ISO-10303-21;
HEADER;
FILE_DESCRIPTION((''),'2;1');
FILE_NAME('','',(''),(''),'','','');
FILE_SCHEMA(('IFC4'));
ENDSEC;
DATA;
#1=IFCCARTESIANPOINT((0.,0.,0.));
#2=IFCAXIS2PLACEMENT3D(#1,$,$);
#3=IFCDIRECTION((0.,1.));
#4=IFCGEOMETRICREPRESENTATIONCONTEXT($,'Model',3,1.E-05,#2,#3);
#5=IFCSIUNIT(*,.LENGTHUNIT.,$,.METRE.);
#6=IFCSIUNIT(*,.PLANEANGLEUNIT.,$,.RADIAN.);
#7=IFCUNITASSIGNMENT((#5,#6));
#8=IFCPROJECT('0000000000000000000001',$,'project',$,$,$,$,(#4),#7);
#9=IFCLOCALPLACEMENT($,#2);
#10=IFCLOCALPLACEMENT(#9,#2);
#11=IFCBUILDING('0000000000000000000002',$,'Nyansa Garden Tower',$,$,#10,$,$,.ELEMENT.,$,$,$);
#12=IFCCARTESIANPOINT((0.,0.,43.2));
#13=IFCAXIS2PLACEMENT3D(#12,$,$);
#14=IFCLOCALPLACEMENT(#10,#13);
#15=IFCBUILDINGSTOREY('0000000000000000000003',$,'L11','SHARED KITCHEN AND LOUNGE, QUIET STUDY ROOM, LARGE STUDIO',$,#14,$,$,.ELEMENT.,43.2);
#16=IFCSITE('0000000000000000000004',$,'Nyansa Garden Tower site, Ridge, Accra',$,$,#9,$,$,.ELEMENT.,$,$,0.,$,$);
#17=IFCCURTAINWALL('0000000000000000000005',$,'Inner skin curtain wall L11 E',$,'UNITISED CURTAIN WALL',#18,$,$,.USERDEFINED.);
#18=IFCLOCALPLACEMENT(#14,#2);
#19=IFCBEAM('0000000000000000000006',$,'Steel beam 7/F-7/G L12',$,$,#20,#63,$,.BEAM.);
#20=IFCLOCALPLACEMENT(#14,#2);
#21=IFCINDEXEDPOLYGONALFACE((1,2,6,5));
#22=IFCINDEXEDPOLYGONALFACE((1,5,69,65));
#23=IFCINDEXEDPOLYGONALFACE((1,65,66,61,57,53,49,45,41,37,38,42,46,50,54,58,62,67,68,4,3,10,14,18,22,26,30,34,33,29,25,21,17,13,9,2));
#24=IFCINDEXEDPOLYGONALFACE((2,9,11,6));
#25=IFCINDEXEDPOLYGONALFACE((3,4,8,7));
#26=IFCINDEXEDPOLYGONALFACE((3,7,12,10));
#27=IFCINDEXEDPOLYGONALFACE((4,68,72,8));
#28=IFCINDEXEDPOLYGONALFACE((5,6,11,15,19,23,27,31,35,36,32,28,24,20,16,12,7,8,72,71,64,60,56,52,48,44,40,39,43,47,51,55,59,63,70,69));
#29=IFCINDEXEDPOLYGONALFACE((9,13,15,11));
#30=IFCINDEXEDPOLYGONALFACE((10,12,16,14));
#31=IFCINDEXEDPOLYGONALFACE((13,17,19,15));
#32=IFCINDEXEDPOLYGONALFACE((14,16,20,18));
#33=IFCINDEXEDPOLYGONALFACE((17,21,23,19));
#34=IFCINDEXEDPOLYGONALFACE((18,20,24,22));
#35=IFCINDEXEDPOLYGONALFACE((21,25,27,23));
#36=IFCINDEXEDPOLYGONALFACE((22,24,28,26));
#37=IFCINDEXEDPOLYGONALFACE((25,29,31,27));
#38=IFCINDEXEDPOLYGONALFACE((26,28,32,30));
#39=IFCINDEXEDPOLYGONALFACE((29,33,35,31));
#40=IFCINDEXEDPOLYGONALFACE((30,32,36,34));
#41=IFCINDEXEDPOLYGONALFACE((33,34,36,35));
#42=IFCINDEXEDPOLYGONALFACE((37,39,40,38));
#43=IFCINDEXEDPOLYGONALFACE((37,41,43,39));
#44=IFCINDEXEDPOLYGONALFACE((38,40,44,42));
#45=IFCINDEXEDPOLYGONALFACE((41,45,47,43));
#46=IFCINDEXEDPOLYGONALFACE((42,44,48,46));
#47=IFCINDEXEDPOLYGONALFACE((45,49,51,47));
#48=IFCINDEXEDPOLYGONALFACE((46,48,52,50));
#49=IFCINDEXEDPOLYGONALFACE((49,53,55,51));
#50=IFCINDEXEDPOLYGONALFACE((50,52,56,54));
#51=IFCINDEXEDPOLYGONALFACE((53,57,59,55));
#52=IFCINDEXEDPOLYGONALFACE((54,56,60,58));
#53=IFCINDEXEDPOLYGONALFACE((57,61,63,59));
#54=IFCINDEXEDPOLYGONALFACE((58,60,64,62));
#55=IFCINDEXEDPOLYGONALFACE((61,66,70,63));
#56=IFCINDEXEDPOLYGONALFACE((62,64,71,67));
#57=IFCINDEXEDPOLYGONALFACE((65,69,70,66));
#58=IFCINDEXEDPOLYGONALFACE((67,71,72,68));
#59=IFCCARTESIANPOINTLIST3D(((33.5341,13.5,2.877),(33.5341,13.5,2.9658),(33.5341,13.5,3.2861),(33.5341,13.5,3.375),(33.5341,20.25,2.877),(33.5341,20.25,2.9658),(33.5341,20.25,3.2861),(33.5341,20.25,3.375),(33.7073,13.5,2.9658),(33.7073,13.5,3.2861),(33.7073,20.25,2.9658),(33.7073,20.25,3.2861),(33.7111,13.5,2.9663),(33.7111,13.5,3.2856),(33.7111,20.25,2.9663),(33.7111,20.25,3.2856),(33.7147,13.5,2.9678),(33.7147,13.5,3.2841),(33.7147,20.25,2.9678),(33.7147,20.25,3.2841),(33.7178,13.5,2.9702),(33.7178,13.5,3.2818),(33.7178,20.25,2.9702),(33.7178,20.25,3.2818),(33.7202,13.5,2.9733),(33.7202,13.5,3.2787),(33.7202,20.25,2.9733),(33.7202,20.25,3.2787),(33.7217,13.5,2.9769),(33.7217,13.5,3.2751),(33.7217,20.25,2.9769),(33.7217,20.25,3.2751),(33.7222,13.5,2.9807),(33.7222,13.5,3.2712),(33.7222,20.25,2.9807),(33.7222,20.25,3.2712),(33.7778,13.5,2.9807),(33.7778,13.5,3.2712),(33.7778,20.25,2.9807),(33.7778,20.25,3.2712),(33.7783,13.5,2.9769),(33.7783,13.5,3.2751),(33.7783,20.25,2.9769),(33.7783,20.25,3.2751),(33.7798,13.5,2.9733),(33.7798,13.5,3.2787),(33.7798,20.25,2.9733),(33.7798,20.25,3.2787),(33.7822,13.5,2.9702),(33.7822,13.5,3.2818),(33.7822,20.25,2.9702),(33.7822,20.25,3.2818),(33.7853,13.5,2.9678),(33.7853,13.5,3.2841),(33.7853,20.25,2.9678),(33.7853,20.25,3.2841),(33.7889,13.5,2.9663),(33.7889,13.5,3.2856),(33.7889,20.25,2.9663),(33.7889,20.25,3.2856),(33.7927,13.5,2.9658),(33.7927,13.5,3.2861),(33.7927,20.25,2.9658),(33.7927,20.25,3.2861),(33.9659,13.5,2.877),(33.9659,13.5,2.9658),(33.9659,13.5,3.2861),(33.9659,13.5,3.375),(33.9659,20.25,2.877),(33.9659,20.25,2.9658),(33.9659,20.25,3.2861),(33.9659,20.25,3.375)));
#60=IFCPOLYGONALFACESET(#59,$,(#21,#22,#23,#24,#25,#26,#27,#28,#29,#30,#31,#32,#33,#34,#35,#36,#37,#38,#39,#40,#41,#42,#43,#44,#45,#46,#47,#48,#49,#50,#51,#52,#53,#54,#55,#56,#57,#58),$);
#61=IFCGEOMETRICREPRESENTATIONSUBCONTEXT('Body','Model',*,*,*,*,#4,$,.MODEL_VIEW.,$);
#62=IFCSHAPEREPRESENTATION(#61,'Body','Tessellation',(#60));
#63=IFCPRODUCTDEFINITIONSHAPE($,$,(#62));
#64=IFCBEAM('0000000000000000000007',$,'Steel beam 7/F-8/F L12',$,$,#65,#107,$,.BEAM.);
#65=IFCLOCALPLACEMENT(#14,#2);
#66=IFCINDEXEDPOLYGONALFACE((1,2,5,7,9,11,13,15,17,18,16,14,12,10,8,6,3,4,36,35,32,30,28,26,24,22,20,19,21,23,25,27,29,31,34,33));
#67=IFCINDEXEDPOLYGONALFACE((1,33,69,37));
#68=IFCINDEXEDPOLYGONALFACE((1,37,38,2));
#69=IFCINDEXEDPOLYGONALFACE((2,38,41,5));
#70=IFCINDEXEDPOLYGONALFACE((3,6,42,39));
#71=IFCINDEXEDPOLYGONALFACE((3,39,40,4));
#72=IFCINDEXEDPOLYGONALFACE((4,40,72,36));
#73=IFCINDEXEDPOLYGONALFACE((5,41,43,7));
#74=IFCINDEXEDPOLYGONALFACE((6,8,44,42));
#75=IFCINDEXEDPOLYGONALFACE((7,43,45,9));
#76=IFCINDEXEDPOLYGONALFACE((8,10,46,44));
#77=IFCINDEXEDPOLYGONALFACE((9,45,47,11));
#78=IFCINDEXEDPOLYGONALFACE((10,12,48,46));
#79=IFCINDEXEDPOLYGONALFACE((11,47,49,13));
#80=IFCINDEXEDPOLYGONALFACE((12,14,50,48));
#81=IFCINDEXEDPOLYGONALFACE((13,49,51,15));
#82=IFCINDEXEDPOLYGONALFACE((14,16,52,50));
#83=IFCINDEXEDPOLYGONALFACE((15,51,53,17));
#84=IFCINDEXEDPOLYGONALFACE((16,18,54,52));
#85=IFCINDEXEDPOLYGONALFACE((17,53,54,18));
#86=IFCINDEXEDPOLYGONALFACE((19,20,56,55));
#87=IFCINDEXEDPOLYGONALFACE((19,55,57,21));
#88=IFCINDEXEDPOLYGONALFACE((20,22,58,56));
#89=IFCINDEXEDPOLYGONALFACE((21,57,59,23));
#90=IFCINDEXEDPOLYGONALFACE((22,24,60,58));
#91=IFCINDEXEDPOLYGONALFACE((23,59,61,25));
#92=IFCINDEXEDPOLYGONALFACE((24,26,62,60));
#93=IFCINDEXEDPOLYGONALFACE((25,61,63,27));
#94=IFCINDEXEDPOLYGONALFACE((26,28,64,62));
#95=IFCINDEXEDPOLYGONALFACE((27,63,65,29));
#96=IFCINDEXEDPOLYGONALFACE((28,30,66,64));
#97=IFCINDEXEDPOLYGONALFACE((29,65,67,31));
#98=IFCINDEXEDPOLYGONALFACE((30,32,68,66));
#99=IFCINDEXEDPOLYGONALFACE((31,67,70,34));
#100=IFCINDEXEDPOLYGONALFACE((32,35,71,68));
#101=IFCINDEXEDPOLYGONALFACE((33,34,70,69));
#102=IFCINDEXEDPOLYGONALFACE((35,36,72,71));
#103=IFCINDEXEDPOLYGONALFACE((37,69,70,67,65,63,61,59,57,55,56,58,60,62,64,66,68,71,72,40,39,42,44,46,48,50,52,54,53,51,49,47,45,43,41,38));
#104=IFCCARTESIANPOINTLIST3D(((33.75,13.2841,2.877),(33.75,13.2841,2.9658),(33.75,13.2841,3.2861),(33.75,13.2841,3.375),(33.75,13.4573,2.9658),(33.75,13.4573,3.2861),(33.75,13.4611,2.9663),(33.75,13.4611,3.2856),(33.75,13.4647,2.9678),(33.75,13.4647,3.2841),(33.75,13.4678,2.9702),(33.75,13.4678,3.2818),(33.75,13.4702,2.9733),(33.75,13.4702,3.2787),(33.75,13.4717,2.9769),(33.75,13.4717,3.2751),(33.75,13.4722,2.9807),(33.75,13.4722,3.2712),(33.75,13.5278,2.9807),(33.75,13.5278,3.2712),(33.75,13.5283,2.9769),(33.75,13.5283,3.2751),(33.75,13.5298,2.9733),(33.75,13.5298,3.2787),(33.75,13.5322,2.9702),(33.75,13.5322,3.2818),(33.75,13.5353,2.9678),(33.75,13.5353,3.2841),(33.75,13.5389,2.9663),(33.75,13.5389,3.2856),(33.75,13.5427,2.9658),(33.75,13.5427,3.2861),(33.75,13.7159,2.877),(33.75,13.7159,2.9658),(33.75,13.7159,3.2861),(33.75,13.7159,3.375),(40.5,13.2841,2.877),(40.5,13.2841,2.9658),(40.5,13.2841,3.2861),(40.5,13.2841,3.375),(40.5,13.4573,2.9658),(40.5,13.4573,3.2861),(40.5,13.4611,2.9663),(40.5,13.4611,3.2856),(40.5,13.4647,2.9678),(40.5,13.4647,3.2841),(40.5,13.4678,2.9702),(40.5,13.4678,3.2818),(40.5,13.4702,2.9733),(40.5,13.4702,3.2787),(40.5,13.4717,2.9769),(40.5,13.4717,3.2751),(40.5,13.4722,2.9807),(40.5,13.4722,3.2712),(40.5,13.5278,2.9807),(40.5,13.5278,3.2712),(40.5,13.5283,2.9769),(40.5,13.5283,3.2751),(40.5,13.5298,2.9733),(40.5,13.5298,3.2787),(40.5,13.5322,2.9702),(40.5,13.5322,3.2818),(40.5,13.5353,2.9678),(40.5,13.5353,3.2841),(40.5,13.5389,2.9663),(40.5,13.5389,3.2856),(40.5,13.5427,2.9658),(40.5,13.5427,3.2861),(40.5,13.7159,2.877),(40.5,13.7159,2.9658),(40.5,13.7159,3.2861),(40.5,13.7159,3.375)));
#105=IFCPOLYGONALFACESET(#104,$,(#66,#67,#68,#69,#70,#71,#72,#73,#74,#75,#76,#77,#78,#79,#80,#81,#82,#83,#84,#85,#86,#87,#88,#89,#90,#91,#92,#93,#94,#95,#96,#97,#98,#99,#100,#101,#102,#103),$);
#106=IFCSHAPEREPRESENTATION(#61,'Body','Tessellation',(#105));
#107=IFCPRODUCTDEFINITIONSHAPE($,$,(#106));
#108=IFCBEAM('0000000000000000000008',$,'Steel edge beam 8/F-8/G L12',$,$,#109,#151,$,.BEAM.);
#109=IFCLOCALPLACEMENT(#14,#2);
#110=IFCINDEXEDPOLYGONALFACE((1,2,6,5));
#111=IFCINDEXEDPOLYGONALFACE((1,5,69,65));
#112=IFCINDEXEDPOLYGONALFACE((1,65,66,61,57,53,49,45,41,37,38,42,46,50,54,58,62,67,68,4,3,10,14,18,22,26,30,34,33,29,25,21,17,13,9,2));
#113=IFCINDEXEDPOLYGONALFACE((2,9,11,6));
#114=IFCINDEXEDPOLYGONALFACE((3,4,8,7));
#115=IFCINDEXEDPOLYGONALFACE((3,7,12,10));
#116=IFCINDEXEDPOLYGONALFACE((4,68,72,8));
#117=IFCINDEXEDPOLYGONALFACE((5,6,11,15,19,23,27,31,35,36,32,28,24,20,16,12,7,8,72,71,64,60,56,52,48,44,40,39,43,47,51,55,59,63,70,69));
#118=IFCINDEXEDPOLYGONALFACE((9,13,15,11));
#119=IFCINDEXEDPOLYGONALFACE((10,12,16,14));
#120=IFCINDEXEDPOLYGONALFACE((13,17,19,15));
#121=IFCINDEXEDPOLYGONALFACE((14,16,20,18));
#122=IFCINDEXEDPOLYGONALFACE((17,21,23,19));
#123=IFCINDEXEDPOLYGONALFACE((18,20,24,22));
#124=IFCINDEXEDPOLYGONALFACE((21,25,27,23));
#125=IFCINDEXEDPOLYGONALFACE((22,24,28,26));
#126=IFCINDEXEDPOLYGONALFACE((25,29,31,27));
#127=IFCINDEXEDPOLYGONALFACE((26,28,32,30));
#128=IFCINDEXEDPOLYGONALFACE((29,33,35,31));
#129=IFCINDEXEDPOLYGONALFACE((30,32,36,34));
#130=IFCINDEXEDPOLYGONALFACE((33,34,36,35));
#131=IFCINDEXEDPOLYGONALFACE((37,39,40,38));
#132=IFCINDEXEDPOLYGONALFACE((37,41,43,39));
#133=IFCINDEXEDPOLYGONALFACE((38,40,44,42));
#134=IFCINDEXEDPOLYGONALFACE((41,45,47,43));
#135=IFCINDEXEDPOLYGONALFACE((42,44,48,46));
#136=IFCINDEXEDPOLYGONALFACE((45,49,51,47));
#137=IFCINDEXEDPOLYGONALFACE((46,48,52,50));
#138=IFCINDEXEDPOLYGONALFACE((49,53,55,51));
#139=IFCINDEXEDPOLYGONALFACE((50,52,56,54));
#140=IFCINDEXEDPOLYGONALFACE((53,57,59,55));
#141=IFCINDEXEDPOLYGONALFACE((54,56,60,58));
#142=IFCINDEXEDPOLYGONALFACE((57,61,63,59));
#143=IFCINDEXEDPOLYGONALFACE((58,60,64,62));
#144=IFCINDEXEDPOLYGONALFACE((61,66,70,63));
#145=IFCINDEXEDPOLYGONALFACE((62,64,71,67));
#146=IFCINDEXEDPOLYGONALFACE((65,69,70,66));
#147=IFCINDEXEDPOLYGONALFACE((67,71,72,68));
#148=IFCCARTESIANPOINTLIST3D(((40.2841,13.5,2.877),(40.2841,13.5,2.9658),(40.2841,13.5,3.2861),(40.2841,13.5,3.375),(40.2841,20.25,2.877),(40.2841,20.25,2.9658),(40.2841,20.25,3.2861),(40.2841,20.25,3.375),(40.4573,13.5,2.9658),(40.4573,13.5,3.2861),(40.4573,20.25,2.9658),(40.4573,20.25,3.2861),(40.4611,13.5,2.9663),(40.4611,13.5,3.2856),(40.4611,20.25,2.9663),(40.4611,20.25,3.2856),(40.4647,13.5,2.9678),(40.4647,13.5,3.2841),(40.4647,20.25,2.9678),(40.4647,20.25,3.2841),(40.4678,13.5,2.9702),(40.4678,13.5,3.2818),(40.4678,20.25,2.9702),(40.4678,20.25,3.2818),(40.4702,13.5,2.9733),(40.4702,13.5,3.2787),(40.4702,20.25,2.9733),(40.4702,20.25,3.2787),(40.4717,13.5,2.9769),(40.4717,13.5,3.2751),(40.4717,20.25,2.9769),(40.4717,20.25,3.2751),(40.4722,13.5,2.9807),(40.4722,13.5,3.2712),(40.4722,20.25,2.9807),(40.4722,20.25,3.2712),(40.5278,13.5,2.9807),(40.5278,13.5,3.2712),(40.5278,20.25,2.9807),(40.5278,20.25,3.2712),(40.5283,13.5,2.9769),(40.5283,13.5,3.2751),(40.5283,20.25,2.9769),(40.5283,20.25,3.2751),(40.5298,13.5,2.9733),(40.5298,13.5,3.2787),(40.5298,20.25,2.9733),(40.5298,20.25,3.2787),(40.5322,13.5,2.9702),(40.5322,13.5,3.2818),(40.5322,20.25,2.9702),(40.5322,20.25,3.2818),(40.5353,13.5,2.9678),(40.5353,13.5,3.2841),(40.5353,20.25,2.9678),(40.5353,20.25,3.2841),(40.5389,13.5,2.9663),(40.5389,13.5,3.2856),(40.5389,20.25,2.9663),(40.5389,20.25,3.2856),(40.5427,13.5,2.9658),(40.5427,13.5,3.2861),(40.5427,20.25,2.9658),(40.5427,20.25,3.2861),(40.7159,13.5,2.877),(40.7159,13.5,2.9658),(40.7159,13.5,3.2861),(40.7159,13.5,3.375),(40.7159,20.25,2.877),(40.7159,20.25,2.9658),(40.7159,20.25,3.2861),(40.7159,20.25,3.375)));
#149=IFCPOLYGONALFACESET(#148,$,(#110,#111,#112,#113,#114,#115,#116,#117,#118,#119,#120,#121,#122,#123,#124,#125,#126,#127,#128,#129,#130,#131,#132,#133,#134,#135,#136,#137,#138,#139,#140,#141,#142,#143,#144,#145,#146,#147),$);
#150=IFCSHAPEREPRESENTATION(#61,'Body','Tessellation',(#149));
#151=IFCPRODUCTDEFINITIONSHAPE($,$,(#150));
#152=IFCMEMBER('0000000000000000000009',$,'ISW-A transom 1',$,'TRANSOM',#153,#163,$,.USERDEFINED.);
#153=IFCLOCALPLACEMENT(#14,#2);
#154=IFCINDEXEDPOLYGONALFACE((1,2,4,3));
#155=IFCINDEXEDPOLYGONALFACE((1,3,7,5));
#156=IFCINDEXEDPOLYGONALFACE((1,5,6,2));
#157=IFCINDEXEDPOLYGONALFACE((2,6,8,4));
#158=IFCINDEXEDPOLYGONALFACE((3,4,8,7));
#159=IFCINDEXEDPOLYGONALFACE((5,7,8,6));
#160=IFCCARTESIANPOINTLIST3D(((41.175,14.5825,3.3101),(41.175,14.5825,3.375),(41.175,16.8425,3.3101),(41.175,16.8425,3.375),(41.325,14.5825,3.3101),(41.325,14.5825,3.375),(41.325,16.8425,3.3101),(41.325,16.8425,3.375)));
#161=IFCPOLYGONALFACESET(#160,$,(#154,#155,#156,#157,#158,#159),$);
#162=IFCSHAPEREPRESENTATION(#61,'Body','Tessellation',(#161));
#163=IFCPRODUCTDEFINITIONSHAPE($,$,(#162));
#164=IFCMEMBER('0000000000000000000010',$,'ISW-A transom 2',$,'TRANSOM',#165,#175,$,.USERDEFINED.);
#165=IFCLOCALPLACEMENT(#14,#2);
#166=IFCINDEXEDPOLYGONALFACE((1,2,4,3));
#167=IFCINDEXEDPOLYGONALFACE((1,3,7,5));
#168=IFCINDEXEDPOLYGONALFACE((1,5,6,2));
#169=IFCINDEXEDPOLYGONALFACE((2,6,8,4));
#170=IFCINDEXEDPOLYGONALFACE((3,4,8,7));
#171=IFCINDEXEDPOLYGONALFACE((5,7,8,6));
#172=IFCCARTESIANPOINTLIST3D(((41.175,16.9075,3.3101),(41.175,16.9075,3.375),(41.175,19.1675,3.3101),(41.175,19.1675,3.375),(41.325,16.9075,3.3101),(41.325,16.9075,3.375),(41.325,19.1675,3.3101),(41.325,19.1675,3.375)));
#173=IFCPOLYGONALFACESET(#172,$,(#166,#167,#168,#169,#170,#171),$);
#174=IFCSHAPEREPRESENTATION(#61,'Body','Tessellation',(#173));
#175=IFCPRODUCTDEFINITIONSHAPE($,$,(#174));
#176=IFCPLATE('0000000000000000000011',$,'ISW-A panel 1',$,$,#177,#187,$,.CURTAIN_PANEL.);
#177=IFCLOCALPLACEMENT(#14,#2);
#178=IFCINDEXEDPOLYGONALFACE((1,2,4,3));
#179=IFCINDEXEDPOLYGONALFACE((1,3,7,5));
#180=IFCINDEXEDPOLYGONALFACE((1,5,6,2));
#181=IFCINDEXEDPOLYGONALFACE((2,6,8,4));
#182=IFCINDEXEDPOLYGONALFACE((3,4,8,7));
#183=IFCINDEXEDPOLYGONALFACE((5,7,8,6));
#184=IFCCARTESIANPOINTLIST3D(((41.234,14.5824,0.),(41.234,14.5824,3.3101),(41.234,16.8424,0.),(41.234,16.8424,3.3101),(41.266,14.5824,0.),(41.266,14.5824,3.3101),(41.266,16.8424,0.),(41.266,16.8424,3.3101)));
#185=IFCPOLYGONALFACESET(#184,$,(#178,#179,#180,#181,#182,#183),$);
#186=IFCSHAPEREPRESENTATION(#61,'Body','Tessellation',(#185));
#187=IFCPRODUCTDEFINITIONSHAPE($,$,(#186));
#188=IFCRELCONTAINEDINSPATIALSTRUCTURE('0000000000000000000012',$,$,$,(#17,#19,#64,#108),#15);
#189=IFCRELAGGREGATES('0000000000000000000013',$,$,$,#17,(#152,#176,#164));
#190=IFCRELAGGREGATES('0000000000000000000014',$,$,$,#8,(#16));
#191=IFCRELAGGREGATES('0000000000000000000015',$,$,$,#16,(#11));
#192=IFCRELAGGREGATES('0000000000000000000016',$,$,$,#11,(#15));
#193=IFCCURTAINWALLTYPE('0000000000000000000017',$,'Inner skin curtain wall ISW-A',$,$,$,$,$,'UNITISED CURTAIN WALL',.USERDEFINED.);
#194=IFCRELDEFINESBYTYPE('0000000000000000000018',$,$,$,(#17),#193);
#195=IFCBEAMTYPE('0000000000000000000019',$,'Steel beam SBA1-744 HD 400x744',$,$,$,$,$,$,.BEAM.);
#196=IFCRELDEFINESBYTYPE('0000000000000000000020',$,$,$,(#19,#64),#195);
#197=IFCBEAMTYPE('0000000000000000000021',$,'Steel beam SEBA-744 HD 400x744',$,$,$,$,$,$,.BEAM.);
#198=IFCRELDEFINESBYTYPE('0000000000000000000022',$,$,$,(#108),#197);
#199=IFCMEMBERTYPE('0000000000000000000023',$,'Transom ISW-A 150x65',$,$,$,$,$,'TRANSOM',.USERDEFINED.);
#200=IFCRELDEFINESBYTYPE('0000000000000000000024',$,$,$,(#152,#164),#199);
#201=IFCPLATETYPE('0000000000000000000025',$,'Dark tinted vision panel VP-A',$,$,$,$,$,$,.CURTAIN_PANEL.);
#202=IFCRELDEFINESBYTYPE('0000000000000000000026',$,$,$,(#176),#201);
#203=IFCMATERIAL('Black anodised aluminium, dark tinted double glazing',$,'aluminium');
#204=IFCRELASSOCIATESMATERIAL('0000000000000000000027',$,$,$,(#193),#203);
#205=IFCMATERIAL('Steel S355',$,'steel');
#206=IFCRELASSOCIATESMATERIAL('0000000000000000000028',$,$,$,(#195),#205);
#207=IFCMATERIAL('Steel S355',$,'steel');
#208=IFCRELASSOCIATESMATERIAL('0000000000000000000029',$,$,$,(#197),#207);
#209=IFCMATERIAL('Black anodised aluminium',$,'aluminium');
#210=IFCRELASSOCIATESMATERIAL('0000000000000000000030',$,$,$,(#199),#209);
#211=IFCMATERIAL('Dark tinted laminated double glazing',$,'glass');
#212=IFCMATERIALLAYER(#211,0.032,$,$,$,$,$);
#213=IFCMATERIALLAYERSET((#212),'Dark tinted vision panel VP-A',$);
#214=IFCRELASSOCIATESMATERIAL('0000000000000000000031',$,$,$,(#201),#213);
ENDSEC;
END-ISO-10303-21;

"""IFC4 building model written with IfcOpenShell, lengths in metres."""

from ifc_helpers import new_model, si_unit, direction, frame, origin, origin_2d, place, context, subcontext, project, spatial, rectangle, i_section, extrude, material, layer, layer_set, material_profile, profile_set, type_object, element, aggregate, save


model = new_model("IFC4")

# Units and contexts
model_context = context("Model", 3, precision=1e-05, world=origin(), true_north=direction((0.0, 1.0)))
body_context = subcontext(model_context, "Body", "Model", "MODEL_VIEW")
ifc_project = project(units=[si_unit("LENGTHUNIT", "METRE"), si_unit("PLANEANGLEUNIT", "RADIAN")], contexts=[model_context])

# Site, building, storey
site_placement = place(None, origin())
site = spatial("IfcSite", under=ifc_project, at=site_placement, Name="Nyansa Garden Tower site, Ridge, Accra", CompositionType="ELEMENT", RefElevation=0.0)
building_placement = place(site_placement, origin())
building = spatial("IfcBuilding", under=site, at=building_placement, Name="Nyansa Garden Tower", CompositionType="ELEMENT")
storey_placement = place(building_placement, frame((0.0, 0.0, 43.2)))
storey = spatial("IfcBuildingStorey", under=building, at=storey_placement, Name="L11", Description="SHARED KITCHEN AND LOUNGE, QUIET STUDY ROOM, LARGE STUDIO", CompositionType="ELEMENT", Elevation=43.2)

# Shared definitions
ifc_material_1 = material(Name="Black anodised aluminium, dark tinted double glazing", Category="aluminium")
curtain_wall_type = type_object("IfcCurtainWallType", Name="Inner skin curtain wall ISW-A", ElementType="UNITISED CURTAIN WALL", PredefinedType="USERDEFINED", material=ifc_material_1)

# Curtain wall
curtain_wall_1_placement = place(storey_placement, origin())
curtain_wall_1 = element("IfcCurtainWall", 1, at=curtain_wall_1_placement, inside=storey, type_object=curtain_wall_type, Name="Inner skin curtain wall L11 E", ObjectType="UNITISED CURTAIN WALL", PredefinedType="USERDEFINED")

# Beams
ifc_material_2 = material(Name="Steel S355", Category="steel")
ifc_material_profile_1 = material_profile(ifc_material_2, i_section(OverallWidth=0.4319, OverallDepth=0.498, WebThickness=0.0557, FlangeThickness=0.0889, FilletRadius=0.0149, at=origin_2d()), Name="HD 400x744")
ifc_profile_set_1 = profile_set([ifc_material_profile_1], Name="Steel S355")
beam_type_1 = type_object("IfcBeamType", Name="Steel beam SBA1-744 HD 400x744", PredefinedType="BEAM", material=ifc_profile_set_1)
for number, where, z_axis, x_axis, name in (
    (2, (33.75, 13.5, 3.126), (0.0, 1.0, 0.0), (-1.0, 0.0, 0.0), "Steel beam 7/F-7/G L12"),
    (3, (33.75, 13.5, 3.126), (1.0, 0.0, 0.0), (0.0, 1.0, 0.0), "Steel beam 7/F-8/F L12"),
):
    element("IfcBeam", number, at=place(storey_placement, frame(where, z_axis=z_axis, x_axis=x_axis)), inside=storey, type_object=beam_type_1, Name=name, PredefinedType="BEAM", context=body_context, shape_type="SweptSolid", body=[
        extrude(i_section(OverallWidth=0.4319, OverallDepth=0.498, WebThickness=0.0557, FlangeThickness=0.0889, FilletRadius=0.0149, at=origin_2d()), origin(), (0.0, 0.0, 1.0), 6.75),
    ])
ifc_material_3 = material(Name="Steel S355", Category="steel")
ifc_material_profile_2 = material_profile(ifc_material_3, i_section(OverallWidth=0.4319, OverallDepth=0.498, WebThickness=0.0557, FlangeThickness=0.0889, FilletRadius=0.0149, at=origin_2d()), Name="HD 400x744")
ifc_profile_set_2 = profile_set([ifc_material_profile_2], Name="Steel S355")
beam_type_2 = type_object("IfcBeamType", Name="Steel beam SEBA-744 HD 400x744", PredefinedType="BEAM", material=ifc_profile_set_2)
beam_1_placement = place(storey_placement, frame((40.5, 13.5, 3.126), z_axis=(0.0, 1.0, 0.0), x_axis=(-1.0, 0.0, 0.0)))
element("IfcBeam", 4, at=beam_1_placement, inside=storey, type_object=beam_type_2, Name="Steel edge beam 8/F-8/G L12", PredefinedType="BEAM", context=body_context, shape_type="SweptSolid", body=[
    extrude(i_section(OverallWidth=0.4319, OverallDepth=0.498, WebThickness=0.0557, FlangeThickness=0.0889, FilletRadius=0.0149, at=origin_2d()), origin(), (0.0, 0.0, 1.0), 6.75),
])

# Members
ifc_material_4 = material(Name="Black anodised aluminium", Category="aluminium")
ifc_material_profile_3 = material_profile(ifc_material_4, rectangle(XDim=0.1499, YDim=0.0649, at=origin_2d()), Name="Transom 150x65")
ifc_profile_set_3 = profile_set([ifc_material_profile_3], Name="Black anodised aluminium")
member_type_1 = type_object("IfcMemberType", Name="Transom ISW-A 150x65", ElementType="TRANSOM", PredefinedType="USERDEFINED", material=ifc_profile_set_3)
member_1_placement = place(storey_placement, frame((41.25, 14.5825, 3.3425), z_axis=(0.0, 1.0, 0.0), x_axis=(-1.0, 0.0, 0.0)))
member_1 = element("IfcMember", 5, at=member_1_placement, type_object=member_type_1, Name="ISW-A transom 1", ObjectType="TRANSOM", PredefinedType="USERDEFINED", context=body_context, shape_type="SweptSolid", body=[
    extrude(rectangle(XDim=0.1499, YDim=0.0649, at=origin_2d()), origin(), (0.0, 0.0, 1.0), 2.26),
])
member_2_placement = place(storey_placement, frame((41.25, 16.9075, 3.3425), z_axis=(0.0, 1.0, 0.0), x_axis=(-1.0, 0.0, 0.0)))
member_2 = element("IfcMember", 6, at=member_2_placement, type_object=member_type_1, Name="ISW-A transom 2", ObjectType="TRANSOM", PredefinedType="USERDEFINED", context=body_context, shape_type="SweptSolid", body=[
    extrude(rectangle(XDim=0.1499, YDim=0.0649, at=origin_2d()), origin(), (0.0, 0.0, 1.0), 2.26),
])

# Plate
ifc_material_5 = material(Name="Dark tinted laminated double glazing", Category="glass")
ifc_layer_1 = layer(ifc_material_5, 0.032)
ifc_layer_set_1 = layer_set([ifc_layer_1], Name="Dark tinted vision panel VP-A")
plate_type_1 = type_object("IfcPlateType", Name="Dark tinted vision panel VP-A", PredefinedType="CURTAIN_PANEL", material=ifc_layer_set_1)
plate_1_placement = place(storey_placement, frame((41.25, 15.7124, 0.0), z_axis=(0.0, 0.0, 1.0), x_axis=(0.0, 1.0, 0.0)))
plate_1 = element("IfcPlate", 7, at=plate_1_placement, type_object=plate_type_1, Name="ISW-A panel 1", PredefinedType="CURTAIN_PANEL", context=body_context, shape_type="SweptSolid", body=[
    extrude(rectangle(XDim=2.26, YDim=0.032, at=origin_2d()), origin(), (0.0, 0.0, 1.0), 3.3101),
])
aggregate(curtain_wall_1, [member_1, plate_1, member_2])

save(model, "model.ifc")
